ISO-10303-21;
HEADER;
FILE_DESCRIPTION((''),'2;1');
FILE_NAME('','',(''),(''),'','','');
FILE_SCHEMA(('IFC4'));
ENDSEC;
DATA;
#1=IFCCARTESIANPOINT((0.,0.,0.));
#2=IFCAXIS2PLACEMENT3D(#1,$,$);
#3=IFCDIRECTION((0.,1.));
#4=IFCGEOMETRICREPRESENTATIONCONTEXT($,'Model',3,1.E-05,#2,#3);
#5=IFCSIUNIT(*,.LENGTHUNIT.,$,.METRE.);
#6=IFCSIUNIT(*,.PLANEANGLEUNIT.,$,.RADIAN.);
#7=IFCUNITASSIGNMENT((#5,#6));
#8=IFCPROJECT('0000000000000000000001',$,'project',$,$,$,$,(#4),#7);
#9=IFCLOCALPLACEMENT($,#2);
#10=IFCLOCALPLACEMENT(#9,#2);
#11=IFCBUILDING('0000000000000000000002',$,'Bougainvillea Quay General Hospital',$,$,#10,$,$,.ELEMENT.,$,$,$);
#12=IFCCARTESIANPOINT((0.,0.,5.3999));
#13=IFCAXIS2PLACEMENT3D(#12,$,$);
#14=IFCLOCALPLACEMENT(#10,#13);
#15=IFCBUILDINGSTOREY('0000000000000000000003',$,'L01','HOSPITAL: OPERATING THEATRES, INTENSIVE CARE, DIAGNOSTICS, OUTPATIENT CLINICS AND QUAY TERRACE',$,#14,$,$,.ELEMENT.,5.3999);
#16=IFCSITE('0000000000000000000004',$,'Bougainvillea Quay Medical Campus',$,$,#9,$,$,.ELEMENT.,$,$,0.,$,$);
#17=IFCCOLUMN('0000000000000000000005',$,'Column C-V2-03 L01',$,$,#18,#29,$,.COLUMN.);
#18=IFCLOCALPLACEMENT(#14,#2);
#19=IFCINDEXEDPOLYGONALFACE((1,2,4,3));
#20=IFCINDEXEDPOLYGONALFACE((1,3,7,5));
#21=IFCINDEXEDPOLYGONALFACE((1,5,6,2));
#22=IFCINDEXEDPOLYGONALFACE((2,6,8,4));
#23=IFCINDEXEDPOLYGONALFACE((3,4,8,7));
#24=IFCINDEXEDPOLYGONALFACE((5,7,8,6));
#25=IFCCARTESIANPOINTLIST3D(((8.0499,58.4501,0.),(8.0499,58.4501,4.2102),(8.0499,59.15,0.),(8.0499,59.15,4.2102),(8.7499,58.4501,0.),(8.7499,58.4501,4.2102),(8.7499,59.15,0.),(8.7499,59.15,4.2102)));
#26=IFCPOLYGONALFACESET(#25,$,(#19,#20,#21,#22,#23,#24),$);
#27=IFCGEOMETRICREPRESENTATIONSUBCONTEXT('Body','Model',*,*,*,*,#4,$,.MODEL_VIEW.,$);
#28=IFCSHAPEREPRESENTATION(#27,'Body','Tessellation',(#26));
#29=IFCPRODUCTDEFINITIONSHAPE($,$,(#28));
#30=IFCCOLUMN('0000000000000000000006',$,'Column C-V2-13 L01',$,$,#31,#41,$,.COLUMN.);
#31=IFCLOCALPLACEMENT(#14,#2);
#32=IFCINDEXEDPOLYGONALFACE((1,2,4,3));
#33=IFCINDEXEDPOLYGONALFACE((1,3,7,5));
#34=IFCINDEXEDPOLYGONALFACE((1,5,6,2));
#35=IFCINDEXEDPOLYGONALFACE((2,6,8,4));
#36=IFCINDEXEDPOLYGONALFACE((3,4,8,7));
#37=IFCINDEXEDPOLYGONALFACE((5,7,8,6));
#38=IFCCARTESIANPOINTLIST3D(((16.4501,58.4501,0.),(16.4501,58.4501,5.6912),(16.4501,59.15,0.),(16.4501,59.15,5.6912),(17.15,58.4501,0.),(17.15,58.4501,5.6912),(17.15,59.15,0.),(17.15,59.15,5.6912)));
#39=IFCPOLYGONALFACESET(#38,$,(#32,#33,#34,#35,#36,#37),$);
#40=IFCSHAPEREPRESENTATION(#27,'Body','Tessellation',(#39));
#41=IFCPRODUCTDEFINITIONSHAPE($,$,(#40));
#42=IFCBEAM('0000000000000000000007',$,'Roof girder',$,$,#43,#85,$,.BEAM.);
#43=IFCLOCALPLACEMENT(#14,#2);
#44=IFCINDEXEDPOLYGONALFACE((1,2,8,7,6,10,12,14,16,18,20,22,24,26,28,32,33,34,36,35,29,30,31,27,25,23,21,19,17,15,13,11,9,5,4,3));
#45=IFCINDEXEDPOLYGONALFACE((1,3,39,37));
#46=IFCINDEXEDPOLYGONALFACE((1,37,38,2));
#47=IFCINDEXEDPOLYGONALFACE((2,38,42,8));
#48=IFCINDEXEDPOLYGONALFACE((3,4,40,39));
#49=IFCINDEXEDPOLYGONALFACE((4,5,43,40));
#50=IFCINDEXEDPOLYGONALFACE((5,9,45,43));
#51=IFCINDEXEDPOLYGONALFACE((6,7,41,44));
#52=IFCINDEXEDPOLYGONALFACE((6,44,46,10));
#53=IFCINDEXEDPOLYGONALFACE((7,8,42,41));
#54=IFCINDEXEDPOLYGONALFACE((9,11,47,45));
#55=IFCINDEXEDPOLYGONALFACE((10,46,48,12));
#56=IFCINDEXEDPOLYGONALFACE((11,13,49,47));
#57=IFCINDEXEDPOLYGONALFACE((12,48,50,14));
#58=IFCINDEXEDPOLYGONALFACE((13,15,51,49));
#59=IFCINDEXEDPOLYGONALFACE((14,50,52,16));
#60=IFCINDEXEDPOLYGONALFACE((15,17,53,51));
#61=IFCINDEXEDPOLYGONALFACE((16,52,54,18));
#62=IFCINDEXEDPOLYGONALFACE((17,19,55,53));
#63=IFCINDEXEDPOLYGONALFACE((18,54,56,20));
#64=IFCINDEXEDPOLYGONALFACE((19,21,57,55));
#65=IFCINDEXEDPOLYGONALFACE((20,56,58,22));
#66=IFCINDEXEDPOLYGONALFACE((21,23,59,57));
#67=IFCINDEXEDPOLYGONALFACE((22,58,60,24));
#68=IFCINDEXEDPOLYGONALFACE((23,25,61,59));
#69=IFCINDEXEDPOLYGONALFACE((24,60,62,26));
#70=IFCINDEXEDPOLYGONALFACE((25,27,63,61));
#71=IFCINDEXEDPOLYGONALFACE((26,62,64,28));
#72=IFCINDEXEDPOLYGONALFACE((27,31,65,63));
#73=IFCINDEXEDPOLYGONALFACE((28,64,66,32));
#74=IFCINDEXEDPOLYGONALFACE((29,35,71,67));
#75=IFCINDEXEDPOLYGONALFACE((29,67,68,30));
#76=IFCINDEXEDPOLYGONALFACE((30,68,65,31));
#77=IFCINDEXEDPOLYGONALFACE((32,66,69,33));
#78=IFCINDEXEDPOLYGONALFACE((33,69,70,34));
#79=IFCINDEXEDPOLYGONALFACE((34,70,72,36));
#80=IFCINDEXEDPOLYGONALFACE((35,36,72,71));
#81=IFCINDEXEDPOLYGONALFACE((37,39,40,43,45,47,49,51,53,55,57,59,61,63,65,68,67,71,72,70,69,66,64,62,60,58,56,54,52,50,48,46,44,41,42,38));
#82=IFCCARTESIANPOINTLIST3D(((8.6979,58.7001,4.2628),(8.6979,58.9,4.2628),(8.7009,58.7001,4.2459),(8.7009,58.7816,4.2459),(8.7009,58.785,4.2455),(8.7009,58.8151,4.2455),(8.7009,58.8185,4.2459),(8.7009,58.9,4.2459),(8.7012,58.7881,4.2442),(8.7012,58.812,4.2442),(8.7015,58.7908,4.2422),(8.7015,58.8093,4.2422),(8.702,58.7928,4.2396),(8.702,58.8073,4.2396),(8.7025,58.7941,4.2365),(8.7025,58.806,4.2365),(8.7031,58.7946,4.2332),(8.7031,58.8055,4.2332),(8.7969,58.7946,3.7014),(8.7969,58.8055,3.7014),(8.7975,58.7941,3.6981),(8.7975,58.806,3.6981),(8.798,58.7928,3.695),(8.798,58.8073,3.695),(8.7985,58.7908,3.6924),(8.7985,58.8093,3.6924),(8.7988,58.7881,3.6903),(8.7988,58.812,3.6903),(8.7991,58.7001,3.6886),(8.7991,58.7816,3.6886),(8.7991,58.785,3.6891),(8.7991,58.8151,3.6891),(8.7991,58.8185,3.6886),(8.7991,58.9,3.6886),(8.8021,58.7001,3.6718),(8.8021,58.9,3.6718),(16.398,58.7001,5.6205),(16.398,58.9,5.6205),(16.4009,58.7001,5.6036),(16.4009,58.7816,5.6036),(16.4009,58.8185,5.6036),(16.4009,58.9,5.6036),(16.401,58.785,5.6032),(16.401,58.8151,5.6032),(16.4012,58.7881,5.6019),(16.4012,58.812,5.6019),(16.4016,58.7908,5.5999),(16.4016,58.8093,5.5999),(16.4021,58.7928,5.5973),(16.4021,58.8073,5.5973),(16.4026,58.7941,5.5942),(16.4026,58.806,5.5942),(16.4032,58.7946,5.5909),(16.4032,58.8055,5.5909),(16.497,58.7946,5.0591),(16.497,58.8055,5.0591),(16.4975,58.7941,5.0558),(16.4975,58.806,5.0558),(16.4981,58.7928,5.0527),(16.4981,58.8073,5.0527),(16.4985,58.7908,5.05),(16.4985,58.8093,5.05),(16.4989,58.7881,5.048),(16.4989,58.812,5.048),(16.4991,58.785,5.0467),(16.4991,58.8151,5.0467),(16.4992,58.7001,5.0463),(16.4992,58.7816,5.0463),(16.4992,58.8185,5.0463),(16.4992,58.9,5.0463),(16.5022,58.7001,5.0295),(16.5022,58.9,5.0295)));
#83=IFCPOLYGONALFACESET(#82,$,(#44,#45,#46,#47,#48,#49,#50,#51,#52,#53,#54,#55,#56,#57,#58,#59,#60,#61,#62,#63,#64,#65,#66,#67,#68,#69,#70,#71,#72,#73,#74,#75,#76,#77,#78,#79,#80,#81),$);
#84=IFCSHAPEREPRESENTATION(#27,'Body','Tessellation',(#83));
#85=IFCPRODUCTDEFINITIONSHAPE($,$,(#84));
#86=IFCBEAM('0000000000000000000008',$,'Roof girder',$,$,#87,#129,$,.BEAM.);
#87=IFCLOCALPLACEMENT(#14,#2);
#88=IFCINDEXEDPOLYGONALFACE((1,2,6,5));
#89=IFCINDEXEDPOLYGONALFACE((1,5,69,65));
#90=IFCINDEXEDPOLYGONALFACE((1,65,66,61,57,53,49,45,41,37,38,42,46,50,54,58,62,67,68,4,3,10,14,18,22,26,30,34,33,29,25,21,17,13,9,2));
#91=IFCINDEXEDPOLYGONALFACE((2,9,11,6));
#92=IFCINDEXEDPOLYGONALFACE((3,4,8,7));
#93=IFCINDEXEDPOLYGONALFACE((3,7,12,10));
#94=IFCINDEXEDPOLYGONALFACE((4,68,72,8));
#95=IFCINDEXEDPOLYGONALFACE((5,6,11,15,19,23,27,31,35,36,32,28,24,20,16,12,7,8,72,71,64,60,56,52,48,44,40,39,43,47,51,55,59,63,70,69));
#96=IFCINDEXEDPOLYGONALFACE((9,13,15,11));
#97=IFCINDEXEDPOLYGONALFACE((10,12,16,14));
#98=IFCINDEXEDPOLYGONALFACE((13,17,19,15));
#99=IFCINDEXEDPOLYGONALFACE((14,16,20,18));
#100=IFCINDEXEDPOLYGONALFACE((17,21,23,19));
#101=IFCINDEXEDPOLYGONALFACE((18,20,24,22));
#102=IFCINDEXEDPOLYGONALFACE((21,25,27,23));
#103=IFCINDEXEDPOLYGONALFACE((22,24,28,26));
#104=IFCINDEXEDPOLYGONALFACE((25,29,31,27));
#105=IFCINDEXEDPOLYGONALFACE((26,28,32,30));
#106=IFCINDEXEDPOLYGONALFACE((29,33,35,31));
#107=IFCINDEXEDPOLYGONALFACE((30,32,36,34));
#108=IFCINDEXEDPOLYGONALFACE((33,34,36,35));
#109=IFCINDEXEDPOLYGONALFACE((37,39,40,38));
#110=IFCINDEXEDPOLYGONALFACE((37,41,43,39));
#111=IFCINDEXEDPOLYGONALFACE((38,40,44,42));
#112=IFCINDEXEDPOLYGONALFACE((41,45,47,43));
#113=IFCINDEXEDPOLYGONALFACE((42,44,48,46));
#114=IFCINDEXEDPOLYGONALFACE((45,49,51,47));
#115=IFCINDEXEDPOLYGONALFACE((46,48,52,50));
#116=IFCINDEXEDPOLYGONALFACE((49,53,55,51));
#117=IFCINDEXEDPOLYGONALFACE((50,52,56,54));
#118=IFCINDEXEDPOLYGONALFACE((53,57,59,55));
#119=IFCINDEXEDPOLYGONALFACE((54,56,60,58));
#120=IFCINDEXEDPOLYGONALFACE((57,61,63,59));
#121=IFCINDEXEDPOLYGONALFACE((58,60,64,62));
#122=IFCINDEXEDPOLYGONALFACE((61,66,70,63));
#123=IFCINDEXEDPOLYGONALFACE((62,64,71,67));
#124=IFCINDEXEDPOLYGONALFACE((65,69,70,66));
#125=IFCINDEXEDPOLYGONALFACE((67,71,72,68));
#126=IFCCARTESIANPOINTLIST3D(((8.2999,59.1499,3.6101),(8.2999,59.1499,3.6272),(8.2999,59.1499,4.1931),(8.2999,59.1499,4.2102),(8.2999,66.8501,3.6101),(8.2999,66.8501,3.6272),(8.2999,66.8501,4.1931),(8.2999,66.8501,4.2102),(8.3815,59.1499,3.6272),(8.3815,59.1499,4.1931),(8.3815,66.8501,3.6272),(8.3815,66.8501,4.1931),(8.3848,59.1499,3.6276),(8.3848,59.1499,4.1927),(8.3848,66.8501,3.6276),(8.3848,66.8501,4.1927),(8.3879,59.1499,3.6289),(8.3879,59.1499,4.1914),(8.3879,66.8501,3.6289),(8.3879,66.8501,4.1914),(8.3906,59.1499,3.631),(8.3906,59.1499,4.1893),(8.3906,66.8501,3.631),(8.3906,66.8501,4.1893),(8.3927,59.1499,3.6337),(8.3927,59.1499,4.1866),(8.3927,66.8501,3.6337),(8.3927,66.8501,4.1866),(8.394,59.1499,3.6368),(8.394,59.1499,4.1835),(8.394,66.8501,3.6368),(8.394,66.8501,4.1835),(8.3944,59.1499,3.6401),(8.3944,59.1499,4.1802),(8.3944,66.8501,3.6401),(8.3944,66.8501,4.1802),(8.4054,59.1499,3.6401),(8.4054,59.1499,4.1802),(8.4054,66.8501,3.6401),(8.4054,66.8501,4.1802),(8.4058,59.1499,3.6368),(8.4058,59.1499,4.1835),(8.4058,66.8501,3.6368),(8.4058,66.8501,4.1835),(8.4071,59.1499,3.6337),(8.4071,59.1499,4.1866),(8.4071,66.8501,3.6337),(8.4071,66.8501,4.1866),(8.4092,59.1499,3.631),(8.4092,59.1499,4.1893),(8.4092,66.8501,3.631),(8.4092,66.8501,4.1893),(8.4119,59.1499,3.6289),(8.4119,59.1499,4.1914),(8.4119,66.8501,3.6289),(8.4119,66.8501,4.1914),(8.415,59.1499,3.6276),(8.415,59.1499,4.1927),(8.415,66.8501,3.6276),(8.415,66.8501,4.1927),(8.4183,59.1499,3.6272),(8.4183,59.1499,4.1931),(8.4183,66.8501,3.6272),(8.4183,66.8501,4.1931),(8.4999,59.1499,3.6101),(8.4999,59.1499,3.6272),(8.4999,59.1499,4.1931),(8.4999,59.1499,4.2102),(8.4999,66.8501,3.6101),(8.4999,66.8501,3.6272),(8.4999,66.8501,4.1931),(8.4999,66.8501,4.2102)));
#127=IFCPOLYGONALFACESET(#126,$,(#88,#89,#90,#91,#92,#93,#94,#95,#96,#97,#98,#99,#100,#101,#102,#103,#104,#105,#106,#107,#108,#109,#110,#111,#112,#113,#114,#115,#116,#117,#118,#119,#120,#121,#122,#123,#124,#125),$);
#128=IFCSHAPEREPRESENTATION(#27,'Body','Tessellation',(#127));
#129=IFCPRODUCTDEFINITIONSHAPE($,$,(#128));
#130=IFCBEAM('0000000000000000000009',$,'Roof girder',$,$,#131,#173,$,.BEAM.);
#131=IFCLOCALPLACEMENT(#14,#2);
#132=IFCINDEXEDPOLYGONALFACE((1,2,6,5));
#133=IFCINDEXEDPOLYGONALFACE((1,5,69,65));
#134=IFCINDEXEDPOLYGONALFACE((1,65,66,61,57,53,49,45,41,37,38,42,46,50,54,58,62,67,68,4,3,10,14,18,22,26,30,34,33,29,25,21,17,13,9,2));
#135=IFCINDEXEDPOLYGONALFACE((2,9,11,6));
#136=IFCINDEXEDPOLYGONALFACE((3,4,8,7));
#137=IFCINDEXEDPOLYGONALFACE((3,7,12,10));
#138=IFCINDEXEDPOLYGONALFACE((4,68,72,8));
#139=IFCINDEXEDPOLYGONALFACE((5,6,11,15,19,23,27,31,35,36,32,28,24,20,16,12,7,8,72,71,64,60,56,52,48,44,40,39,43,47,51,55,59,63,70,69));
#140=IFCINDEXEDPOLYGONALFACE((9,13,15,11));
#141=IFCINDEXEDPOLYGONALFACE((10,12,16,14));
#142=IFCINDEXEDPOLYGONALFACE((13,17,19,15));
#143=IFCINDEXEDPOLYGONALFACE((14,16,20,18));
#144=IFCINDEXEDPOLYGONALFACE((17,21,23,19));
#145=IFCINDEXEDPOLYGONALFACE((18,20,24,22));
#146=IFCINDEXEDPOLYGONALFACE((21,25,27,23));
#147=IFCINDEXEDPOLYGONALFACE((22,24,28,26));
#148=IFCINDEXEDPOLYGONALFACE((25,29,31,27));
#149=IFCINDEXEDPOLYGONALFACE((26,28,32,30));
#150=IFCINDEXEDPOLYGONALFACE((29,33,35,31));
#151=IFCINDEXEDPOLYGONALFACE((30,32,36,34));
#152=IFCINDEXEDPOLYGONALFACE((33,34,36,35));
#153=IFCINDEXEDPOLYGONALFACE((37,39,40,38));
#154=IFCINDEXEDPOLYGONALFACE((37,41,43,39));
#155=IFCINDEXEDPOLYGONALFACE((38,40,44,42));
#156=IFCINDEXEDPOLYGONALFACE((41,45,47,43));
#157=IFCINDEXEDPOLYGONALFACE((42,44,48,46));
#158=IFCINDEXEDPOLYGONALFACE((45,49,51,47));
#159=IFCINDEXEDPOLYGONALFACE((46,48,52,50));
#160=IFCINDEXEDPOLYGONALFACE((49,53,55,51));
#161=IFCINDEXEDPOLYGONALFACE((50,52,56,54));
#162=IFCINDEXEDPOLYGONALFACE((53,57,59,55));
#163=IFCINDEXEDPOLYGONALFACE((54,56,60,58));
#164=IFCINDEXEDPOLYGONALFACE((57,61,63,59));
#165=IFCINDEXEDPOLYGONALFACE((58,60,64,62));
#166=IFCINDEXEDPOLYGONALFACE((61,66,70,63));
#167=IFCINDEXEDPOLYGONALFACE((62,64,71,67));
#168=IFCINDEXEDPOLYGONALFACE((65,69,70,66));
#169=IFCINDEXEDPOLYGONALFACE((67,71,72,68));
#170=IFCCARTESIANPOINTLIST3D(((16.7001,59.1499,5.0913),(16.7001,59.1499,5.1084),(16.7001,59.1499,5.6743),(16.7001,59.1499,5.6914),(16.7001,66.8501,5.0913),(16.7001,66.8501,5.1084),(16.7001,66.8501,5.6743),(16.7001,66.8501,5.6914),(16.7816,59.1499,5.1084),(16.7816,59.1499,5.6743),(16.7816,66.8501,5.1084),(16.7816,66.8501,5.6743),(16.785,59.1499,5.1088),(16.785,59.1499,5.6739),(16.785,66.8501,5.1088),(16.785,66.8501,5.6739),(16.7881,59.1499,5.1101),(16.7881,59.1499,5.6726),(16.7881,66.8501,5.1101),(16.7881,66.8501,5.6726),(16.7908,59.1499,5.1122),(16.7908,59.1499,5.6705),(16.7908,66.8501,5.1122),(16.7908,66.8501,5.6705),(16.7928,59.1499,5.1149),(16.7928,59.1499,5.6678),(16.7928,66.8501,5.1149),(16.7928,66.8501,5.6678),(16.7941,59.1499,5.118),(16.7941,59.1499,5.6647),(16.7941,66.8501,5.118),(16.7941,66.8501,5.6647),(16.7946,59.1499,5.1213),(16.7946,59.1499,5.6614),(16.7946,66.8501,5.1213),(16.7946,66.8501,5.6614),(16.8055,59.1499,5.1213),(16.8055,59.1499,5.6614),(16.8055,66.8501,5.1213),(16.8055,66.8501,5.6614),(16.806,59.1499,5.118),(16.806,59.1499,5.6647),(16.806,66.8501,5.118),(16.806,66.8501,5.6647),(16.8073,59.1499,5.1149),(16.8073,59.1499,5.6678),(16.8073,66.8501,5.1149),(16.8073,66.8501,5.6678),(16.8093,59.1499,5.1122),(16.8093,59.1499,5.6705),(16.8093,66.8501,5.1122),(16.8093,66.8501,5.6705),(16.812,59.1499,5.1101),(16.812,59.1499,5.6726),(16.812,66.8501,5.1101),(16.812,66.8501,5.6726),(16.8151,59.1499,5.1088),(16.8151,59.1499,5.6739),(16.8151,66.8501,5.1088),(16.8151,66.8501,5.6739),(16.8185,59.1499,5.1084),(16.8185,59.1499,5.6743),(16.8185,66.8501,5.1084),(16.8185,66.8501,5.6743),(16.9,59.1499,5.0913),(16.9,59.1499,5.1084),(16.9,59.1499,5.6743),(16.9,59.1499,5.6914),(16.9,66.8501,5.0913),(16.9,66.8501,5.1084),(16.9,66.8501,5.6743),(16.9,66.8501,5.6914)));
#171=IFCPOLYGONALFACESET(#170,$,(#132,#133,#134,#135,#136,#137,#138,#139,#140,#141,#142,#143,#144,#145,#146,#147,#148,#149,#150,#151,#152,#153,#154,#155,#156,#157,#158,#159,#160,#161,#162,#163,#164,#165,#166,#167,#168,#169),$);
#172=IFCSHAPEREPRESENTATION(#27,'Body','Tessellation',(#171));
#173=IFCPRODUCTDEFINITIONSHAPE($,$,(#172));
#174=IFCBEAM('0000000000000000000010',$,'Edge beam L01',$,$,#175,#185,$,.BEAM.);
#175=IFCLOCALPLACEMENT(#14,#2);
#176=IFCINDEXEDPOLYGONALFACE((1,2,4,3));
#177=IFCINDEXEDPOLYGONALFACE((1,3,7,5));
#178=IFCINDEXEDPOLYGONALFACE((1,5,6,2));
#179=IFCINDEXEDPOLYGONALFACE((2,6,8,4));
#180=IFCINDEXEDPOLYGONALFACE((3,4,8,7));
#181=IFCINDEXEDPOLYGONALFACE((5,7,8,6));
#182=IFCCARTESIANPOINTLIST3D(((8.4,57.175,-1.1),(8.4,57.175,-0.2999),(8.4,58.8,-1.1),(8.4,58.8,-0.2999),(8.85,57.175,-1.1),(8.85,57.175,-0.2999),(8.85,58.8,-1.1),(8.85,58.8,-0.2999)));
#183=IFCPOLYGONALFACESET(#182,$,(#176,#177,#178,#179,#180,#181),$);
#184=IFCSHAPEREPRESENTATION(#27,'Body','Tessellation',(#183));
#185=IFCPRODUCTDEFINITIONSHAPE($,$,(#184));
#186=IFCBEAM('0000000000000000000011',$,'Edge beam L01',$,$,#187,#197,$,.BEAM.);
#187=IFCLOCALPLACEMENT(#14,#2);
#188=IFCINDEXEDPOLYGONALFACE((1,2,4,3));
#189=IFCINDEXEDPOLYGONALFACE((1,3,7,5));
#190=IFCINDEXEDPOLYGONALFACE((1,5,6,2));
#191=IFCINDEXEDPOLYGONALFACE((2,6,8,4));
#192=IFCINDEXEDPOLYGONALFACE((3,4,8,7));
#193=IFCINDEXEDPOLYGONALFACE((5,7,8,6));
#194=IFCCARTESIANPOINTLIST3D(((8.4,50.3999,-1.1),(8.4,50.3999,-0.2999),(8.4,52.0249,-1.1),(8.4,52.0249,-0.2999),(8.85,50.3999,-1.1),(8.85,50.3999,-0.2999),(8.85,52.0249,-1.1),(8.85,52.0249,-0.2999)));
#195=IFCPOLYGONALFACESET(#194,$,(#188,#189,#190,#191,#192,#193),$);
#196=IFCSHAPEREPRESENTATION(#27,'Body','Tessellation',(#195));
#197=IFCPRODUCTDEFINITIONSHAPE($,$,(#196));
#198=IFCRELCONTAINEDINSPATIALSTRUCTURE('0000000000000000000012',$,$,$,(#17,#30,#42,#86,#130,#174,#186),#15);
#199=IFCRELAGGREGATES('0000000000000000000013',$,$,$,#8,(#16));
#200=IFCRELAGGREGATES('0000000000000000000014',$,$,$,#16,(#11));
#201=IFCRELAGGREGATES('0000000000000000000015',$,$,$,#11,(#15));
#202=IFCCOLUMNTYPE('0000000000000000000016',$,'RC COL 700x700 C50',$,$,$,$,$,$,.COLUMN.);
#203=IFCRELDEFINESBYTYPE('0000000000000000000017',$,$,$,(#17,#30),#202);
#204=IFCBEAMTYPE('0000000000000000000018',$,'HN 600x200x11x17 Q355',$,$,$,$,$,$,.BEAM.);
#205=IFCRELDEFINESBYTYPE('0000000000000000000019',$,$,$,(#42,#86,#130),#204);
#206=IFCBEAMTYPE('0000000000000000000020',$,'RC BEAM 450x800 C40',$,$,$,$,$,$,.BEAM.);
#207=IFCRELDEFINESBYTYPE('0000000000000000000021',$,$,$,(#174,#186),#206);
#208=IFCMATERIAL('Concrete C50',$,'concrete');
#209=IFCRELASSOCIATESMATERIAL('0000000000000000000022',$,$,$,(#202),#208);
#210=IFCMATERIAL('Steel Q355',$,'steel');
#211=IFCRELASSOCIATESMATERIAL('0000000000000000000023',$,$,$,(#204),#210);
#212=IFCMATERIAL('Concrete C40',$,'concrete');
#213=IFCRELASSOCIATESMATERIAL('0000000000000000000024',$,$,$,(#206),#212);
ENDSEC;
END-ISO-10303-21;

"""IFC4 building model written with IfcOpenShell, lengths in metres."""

from ifc_helpers import new_model, si_unit, direction, frame, origin, origin_2d, place, context, subcontext, project, spatial, rectangle, i_section, extrude, material, material_profile, profile_set, type_object, element, save


model = new_model("IFC4")

# Units and contexts
model_context = context("Model", 3, precision=1e-05, world=origin(), true_north=direction((0.0, 1.0)))
body_context = subcontext(model_context, "Body", "Model", "MODEL_VIEW")
ifc_project = project(units=[si_unit("LENGTHUNIT", "METRE"), si_unit("PLANEANGLEUNIT", "RADIAN")], contexts=[model_context])

# Site, building, storey
site_placement = place(None, origin())
site = spatial("IfcSite", under=ifc_project, at=site_placement, Name="Bougainvillea Quay Medical Campus", CompositionType="ELEMENT", RefElevation=0.0)
building_placement = place(site_placement, origin())
building = spatial("IfcBuilding", under=site, at=building_placement, Name="Bougainvillea Quay General Hospital", CompositionType="ELEMENT")
storey_placement = place(building_placement, frame((0.0, 0.0, 5.3999)))
storey = spatial("IfcBuildingStorey", under=building, at=storey_placement, Name="L01", Description="HOSPITAL: OPERATING THEATRES, INTENSIVE CARE, DIAGNOSTICS, OUTPATIENT CLINICS AND QUAY TERRACE", CompositionType="ELEMENT", Elevation=5.3999)

# Columns
ifc_material_1 = material(Name="Concrete C50", Category="concrete")
ifc_material_profile_1 = material_profile(ifc_material_1, rectangle(XDim=0.7, YDim=0.7, at=origin_2d()))
ifc_profile_set_1 = profile_set([ifc_material_profile_1], Name="Concrete C50")
column_type = type_object("IfcColumnType", Name="RC COL 700x700 C50", PredefinedType="COLUMN", material=ifc_profile_set_1)
column_1_placement = place(storey_placement, frame((8.3999, 58.8, 0.0), z_axis=(0.0, 0.0, 1.0), x_axis=(1.0, 0.0, 0.0)))
element("IfcColumn", 1, at=column_1_placement, inside=storey, type_object=column_type, Name="Column C-V2-03 L01", PredefinedType="COLUMN", context=body_context, shape_type="SweptSolid", body=[
    extrude(rectangle(XDim=0.7, YDim=0.7, at=origin_2d()), origin(), (0.0, 0.0, 1.0), 4.2102),
])
column_2_placement = place(storey_placement, frame((16.8, 58.8, 0.0), z_axis=(0.0, 0.0, 1.0), x_axis=(1.0, 0.0, 0.0)))
element("IfcColumn", 2, at=column_2_placement, inside=storey, type_object=column_type, Name="Column C-V2-13 L01", PredefinedType="COLUMN", context=body_context, shape_type="SweptSolid", body=[
    extrude(rectangle(XDim=0.7, YDim=0.7, at=origin_2d()), origin(), (0.0, 0.0, 1.0), 5.6912),
])

# Beams
ifc_material_2 = material(Name="Steel Q355", Category="steel")
ifc_material_profile_2 = material_profile(ifc_material_2, i_section(OverallWidth=0.2, OverallDepth=0.6001, WebThickness=0.011, FlangeThickness=0.0171, FilletRadius=0.0129, at=origin_2d()))
ifc_profile_set_2 = profile_set([ifc_material_profile_2], Name="Steel Q355")
beam_type_1 = type_object("IfcBeamType", Name="HN 600x200x11x17 Q355", PredefinedType="BEAM", material=ifc_profile_set_2)
beam_placement = place(storey_placement, frame((8.75, 58.8, 3.9673), z_axis=(0.984809, 0.0, 0.173643), x_axis=(0.0, 1.0, 0.0)))
element("IfcBeam", 3, at=beam_placement, inside=storey, type_object=beam_type_1, Name="Roof girder", PredefinedType="BEAM", context=body_context, shape_type="SweptSolid", body=[
    extrude(i_section(OverallWidth=0.2, OverallDepth=0.6001, WebThickness=0.011, FlangeThickness=0.0171, FilletRadius=0.0129, at=origin_2d()), origin(), (0.0, 0.0, 1.0), 7.8188),
])
for number, where, z_axis, x_axis, name in (
    (4, (8.3999, 59.1499, 3.9102), (0.0, 1.0, 0.0), (-1.0, 0.0, 0.0), "Roof girder"),
    (5, (16.8, 59.1499, 5.3914), (0.0, 1.0, 0.0), (-1.0, 0.0, 0.0), "Roof girder"),
):
    element("IfcBeam", number, at=place(storey_placement, frame(where, z_axis=z_axis, x_axis=x_axis)), inside=storey, type_object=beam_type_1, Name=name, PredefinedType="BEAM", context=body_context, shape_type="SweptSolid", body=[
        extrude(i_section(OverallWidth=0.2, OverallDepth=0.6001, WebThickness=0.011, FlangeThickness=0.0171, FilletRadius=0.0129, at=origin_2d()), origin(), (0.0, 0.0, 1.0), 7.7002),
    ])
ifc_material_3 = material(Name="Concrete C40", Category="concrete")
ifc_material_profile_3 = material_profile(ifc_material_3, rectangle(XDim=0.45, YDim=0.8, at=origin_2d()))
ifc_profile_set_3 = profile_set([ifc_material_profile_3], Name="Concrete C40")
beam_type_2 = type_object("IfcBeamType", Name="RC BEAM 450x800 C40", PredefinedType="BEAM", material=ifc_profile_set_3)
for number, where, z_axis, x_axis, name in (
    (6, (8.625, 58.8, -0.7), (0.0, -1.0, 0.0), (1.0, 0.0, 0.0), "Edge beam L01"),
    (7, (8.625, 52.0249, -0.7), (0.0, -1.0, 0.0), (1.0, 0.0, 0.0), "Edge beam L01"),
):
    element("IfcBeam", number, at=place(storey_placement, frame(where, z_axis=z_axis, x_axis=x_axis)), inside=storey, type_object=beam_type_2, Name=name, PredefinedType="BEAM", context=body_context, shape_type="SweptSolid", body=[
        extrude(rectangle(XDim=0.45, YDim=0.8, at=origin_2d()), origin(), (0.0, 0.0, 1.0), 1.625),
    ])

save(model, "model.ifc")
